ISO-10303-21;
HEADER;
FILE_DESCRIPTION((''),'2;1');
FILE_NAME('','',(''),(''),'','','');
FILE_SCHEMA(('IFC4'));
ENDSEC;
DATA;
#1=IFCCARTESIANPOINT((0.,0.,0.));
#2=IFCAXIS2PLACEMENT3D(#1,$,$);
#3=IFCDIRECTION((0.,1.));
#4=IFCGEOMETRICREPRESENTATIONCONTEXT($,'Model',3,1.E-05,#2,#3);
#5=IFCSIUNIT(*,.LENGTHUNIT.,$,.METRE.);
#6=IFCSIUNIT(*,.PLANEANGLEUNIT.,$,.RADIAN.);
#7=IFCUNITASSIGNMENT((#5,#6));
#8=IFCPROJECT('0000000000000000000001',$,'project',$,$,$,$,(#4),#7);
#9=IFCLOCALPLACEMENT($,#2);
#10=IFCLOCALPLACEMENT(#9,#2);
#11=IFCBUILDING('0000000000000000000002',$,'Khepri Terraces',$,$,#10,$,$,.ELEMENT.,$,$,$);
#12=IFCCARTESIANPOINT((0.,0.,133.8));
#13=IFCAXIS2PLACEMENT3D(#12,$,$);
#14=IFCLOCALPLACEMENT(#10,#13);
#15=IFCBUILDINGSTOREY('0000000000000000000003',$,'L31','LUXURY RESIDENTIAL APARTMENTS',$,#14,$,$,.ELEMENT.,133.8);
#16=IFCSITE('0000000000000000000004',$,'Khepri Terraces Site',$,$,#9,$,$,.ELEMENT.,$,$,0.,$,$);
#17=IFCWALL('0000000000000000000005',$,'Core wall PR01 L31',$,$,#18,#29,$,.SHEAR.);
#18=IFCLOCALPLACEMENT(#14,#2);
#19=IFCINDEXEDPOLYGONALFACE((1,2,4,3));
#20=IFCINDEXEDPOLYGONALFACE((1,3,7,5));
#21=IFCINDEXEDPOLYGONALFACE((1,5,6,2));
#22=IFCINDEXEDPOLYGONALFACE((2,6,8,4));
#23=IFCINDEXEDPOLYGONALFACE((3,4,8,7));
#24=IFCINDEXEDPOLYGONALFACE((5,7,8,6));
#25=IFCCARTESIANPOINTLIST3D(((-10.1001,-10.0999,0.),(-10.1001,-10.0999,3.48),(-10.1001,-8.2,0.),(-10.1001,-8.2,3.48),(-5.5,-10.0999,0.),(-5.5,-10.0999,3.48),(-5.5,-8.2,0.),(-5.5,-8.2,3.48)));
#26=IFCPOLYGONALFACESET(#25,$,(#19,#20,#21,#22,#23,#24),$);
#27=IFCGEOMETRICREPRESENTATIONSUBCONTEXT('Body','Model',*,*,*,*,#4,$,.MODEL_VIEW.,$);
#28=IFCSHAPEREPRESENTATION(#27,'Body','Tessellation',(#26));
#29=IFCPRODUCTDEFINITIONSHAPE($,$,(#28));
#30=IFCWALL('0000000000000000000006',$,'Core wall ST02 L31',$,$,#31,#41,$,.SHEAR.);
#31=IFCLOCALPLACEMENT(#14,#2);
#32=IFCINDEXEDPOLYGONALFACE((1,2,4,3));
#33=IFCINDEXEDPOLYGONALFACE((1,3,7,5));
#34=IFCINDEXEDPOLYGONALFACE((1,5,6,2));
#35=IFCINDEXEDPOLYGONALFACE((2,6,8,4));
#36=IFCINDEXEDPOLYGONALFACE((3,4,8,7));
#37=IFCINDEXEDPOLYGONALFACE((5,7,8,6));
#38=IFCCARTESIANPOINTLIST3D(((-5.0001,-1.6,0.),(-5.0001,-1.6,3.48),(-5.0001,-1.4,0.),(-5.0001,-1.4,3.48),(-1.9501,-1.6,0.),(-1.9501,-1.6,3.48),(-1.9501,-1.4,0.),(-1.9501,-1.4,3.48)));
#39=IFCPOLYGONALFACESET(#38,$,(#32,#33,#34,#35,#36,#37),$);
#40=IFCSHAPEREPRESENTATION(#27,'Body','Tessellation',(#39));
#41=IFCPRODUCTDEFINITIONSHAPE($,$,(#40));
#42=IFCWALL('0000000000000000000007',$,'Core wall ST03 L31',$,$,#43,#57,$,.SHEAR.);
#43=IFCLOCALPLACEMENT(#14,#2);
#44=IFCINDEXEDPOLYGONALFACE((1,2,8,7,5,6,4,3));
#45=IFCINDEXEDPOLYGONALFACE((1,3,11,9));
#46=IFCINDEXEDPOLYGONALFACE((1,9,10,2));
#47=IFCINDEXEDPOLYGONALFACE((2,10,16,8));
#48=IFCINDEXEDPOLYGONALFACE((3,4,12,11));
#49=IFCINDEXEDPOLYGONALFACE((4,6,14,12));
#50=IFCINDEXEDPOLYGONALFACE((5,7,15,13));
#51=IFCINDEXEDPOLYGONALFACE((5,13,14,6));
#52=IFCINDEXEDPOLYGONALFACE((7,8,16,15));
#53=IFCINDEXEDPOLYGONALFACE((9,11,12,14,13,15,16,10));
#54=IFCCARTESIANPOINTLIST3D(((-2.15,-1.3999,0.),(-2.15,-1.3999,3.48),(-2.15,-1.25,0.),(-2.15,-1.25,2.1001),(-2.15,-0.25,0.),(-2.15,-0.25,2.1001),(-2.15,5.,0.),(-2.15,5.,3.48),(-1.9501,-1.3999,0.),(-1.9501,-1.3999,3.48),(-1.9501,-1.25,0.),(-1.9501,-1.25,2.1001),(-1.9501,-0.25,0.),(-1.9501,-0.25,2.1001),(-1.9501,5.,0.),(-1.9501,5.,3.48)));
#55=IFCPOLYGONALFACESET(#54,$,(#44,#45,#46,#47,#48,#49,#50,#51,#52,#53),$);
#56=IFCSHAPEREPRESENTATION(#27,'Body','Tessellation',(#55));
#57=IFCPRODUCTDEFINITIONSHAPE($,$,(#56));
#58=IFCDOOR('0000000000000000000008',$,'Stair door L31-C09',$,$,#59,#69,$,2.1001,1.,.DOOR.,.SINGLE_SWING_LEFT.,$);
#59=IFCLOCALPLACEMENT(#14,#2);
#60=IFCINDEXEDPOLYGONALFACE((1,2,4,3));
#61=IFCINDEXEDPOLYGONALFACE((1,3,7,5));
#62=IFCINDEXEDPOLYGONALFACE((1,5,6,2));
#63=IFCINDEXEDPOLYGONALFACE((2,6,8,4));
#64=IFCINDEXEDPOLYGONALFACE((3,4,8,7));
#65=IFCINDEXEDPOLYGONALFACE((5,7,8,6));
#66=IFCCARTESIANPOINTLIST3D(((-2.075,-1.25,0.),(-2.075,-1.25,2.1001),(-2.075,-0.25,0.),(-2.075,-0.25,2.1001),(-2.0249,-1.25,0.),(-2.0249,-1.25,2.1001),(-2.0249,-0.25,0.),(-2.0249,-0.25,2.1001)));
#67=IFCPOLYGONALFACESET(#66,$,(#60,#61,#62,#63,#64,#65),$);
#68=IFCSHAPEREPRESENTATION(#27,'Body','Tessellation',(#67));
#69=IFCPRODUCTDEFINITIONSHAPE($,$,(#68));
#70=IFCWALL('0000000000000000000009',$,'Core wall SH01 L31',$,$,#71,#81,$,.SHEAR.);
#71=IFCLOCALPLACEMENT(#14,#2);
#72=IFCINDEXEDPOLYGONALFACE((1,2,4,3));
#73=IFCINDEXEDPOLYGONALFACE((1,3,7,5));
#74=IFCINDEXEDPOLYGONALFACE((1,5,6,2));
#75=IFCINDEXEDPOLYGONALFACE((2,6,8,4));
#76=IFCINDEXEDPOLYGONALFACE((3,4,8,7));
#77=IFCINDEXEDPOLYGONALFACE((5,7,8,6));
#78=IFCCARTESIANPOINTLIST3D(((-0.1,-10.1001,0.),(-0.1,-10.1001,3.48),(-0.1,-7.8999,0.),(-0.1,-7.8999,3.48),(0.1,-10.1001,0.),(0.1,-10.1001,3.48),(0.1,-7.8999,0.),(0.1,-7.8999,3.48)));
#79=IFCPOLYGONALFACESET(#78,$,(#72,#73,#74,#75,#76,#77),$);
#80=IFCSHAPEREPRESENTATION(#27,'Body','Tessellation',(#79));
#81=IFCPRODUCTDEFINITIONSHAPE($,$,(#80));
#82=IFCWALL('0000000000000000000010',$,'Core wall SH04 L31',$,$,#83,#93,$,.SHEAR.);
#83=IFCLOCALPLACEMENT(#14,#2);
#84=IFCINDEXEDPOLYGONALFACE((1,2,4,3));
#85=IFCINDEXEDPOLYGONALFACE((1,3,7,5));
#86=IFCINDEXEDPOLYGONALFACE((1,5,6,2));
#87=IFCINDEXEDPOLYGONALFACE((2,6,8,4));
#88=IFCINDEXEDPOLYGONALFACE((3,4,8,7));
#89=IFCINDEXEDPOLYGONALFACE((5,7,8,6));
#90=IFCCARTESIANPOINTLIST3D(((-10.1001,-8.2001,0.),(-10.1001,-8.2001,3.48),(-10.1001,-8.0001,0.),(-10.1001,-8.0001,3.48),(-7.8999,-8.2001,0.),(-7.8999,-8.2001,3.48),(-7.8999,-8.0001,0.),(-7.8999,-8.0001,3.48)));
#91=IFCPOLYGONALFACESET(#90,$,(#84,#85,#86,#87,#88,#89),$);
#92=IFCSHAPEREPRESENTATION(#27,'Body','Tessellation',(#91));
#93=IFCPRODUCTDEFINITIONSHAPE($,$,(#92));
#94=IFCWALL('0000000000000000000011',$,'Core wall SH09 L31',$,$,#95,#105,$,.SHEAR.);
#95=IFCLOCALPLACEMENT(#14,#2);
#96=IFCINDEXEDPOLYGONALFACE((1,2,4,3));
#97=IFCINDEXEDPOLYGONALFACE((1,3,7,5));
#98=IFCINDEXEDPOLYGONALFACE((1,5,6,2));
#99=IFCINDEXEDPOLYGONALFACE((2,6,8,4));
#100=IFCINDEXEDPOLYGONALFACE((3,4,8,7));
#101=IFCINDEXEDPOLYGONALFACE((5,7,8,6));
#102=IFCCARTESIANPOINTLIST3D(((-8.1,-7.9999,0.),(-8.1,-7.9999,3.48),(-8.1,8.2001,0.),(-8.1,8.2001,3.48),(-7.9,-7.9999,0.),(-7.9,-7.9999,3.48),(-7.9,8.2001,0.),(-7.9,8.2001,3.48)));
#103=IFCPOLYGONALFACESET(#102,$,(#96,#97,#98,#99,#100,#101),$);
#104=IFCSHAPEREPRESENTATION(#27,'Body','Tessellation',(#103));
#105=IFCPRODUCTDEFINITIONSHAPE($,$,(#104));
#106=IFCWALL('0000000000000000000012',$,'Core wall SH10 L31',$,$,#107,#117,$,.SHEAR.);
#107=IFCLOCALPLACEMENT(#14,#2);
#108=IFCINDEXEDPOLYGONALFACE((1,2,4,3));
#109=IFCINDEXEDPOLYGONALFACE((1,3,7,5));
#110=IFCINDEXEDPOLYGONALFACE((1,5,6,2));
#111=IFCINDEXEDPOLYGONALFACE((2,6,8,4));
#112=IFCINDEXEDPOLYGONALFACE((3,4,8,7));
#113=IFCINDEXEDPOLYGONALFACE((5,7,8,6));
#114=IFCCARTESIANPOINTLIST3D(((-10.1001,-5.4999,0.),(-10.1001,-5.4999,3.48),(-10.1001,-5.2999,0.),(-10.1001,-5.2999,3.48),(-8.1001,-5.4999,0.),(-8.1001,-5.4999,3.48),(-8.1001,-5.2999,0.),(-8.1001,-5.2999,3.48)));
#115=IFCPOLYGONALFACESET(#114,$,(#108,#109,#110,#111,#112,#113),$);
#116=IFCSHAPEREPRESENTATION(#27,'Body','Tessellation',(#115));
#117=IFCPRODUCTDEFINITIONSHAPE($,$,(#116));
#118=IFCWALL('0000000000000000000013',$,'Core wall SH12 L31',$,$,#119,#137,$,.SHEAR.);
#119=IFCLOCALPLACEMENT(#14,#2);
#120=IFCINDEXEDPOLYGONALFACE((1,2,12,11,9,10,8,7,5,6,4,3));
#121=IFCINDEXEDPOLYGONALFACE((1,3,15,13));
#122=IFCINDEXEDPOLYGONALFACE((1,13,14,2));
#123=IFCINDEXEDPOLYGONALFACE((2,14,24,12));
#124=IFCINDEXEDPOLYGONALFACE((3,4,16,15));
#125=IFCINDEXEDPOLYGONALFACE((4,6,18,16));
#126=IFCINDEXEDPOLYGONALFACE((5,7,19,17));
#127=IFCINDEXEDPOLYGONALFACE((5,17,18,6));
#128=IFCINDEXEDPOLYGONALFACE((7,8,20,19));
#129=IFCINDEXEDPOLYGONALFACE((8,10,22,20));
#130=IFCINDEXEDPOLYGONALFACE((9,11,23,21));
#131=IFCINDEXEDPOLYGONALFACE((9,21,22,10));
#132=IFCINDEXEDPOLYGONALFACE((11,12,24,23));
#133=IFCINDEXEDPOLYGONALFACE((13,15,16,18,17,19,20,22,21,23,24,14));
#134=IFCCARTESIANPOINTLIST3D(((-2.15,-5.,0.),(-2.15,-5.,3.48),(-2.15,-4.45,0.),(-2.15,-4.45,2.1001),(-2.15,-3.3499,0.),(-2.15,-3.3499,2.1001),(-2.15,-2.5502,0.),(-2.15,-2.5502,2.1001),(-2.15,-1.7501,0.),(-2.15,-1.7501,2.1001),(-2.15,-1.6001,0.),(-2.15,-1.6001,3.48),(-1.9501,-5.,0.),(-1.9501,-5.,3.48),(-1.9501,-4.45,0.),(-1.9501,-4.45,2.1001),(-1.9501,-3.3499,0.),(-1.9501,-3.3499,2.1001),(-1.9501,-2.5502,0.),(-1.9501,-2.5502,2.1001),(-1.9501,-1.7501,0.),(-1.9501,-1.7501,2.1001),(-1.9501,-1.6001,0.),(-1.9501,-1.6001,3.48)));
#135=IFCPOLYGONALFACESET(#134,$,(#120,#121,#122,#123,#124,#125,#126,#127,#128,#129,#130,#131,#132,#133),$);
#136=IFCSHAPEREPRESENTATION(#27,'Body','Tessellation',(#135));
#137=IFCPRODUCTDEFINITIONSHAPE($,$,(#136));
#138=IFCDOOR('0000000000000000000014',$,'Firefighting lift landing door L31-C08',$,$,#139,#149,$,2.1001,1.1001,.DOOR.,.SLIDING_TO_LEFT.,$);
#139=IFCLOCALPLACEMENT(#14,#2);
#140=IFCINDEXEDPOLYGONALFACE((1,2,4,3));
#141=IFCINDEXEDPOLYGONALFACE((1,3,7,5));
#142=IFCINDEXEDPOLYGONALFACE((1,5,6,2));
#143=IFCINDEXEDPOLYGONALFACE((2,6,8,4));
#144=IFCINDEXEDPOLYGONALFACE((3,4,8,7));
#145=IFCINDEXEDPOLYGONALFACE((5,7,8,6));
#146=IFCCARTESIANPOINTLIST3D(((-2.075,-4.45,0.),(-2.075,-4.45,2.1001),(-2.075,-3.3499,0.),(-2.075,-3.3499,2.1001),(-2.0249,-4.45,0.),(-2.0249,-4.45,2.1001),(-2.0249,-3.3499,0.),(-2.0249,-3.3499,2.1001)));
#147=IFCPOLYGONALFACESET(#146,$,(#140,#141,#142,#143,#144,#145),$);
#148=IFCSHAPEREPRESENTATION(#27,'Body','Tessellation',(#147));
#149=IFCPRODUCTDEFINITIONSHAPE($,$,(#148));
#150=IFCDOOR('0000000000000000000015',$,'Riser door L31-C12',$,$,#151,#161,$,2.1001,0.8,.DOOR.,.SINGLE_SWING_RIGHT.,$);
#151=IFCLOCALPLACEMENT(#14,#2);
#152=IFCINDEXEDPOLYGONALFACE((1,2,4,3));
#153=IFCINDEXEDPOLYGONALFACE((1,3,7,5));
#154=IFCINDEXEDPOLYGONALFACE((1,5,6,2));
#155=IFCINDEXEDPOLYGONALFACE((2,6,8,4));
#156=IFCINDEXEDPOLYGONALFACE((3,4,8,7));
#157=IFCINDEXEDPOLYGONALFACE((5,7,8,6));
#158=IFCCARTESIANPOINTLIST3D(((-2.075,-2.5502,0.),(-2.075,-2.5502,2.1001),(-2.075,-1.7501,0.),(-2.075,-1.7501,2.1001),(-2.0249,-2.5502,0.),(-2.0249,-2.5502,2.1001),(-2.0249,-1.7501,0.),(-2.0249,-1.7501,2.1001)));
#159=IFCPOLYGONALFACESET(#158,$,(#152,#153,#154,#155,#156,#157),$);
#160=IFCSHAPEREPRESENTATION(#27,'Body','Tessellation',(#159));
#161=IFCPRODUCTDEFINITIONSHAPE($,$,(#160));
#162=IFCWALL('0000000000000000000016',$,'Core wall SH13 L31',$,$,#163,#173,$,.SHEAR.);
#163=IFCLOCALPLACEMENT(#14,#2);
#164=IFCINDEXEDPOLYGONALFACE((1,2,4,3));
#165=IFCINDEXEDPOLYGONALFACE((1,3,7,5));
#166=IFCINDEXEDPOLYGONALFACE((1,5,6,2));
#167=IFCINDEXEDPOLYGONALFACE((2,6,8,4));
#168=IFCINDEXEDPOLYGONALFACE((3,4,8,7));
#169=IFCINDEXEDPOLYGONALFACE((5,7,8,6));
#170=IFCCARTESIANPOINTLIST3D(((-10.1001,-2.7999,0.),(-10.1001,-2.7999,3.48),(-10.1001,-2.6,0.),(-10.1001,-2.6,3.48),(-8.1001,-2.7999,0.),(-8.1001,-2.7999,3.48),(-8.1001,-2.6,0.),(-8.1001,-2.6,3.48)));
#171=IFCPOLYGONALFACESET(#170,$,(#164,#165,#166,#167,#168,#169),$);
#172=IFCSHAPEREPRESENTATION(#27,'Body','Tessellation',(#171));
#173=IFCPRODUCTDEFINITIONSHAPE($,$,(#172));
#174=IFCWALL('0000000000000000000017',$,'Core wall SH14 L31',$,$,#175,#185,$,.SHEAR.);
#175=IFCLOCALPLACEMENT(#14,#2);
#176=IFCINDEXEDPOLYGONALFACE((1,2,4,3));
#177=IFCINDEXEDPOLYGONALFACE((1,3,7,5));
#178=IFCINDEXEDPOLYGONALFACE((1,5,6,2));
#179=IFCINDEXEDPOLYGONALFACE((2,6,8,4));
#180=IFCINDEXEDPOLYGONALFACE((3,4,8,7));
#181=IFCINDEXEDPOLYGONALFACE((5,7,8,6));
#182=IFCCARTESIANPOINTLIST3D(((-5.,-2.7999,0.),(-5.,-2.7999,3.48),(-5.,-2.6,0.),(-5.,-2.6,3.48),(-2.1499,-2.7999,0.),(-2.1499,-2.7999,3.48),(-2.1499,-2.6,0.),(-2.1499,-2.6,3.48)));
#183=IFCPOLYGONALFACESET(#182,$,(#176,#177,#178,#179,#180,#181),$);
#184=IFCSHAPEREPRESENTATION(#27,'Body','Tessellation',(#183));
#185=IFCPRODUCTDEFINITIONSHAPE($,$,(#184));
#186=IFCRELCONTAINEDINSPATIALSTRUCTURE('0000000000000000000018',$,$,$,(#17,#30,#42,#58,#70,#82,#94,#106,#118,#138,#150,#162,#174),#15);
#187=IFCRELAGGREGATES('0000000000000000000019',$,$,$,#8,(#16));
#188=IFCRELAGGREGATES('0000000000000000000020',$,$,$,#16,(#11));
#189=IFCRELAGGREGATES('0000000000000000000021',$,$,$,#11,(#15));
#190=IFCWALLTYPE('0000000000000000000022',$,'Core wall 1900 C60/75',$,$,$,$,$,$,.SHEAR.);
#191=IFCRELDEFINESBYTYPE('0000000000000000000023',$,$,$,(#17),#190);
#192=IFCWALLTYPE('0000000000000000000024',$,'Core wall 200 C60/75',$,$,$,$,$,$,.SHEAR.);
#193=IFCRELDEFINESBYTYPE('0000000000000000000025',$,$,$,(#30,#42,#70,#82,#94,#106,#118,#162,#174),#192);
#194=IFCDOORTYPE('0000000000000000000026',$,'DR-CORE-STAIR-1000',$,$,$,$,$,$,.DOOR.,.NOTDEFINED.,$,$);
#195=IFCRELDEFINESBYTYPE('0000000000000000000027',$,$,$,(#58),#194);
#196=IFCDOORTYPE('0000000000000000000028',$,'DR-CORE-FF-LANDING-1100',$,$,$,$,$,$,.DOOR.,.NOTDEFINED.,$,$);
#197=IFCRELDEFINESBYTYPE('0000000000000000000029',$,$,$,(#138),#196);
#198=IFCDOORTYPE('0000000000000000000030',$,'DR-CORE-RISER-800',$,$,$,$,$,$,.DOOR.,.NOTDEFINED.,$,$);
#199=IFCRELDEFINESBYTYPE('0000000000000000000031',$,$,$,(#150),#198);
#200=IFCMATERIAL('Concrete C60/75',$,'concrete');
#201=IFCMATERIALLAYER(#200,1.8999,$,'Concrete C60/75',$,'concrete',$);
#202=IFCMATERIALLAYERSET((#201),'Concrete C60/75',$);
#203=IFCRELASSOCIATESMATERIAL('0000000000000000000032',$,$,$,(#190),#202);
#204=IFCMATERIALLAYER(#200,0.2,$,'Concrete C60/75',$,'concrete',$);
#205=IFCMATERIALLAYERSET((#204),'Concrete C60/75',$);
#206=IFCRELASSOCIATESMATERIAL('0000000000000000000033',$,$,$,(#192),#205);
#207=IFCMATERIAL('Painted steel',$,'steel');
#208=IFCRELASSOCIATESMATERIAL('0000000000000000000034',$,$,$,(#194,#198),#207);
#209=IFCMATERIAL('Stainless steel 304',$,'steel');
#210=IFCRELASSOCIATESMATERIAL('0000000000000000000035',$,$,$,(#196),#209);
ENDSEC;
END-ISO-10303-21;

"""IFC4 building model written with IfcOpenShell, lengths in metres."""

from ifc_helpers import new_model, si_unit, direction, frame, frame_2d, origin, place, context, subcontext, project, spatial, rectangle, extrude, material, layer, layer_set, type_object, element, fill, save


model = new_model("IFC4")

# Units and contexts
model_context = context("Model", 3, precision=1e-05, world=origin(), true_north=direction((0.0, 1.0)))
body_context = subcontext(model_context, "Body", "Model", "MODEL_VIEW")
ifc_project = project(units=[si_unit("LENGTHUNIT", "METRE"), si_unit("PLANEANGLEUNIT", "RADIAN")], contexts=[model_context])

# Site, building, storey
site_placement = place(None, origin())
site = spatial("IfcSite", under=ifc_project, at=site_placement, Name="Khepri Terraces Site", CompositionType="ELEMENT", RefElevation=0.0)
building_placement = place(site_placement, origin())
building = spatial("IfcBuilding", under=site, at=building_placement, Name="Khepri Terraces", CompositionType="ELEMENT")
storey_placement = place(building_placement, frame((0.0, 0.0, 133.8)))
storey = spatial("IfcBuildingStorey", under=building, at=storey_placement, Name="L31", Description="LUXURY RESIDENTIAL APARTMENTS", CompositionType="ELEMENT", Elevation=133.8)

# Walls
ifc_material_1 = material(Name="Concrete C60/75", Category="concrete")
ifc_layer_1 = layer(ifc_material_1, 1.8999, Name="Concrete C60/75", Category="concrete")
ifc_layer_set_1 = layer_set([ifc_layer_1], Name="Concrete C60/75")
wall_type_1 = type_object("IfcWallType", Name="Core wall 1900 C60/75", PredefinedType="SHEAR", material=ifc_layer_set_1)
wall_1_placement = place(storey_placement, frame((-10.1001, -9.1499, 0.0), z_axis=(0.0, 0.0, 1.0), x_axis=(1.0, 0.0, 0.0)))
element("IfcWall", 1, at=wall_1_placement, inside=storey, type_object=wall_type_1, Name="Core wall PR01 L31", PredefinedType="SHEAR", context=body_context, shape_type="SweptSolid", body=[
    extrude(rectangle(XDim=4.6001, YDim=1.8999, at=frame_2d((2.3, 0.0))), origin(), (0.0, 0.0, 1.0), 3.48),
])
ifc_layer_2 = layer(ifc_material_1, 0.2, Name="Concrete C60/75", Category="concrete")
ifc_layer_set_2 = layer_set([ifc_layer_2], Name="Concrete C60/75")
wall_type_2 = type_object("IfcWallType", Name="Core wall 200 C60/75", PredefinedType="SHEAR", material=ifc_layer_set_2)
wall_2_placement = place(storey_placement, frame((-5.0, -1.5, 0.0), z_axis=(0.0, 0.0, 1.0), x_axis=(1.0, 0.0, 0.0)))
element("IfcWall", 2, at=wall_2_placement, inside=storey, type_object=wall_type_2, Name="Core wall ST02 L31", PredefinedType="SHEAR", context=body_context, shape_type="SweptSolid", body=[
    extrude(rectangle(XDim=3.05, YDim=0.2, at=frame_2d((1.5249, 0.0))), origin(), (0.0, 0.0, 1.0), 3.48),
])

# Wall, opening, door
wall_3_placement = place(storey_placement, frame((-2.05, -1.3999, 0.0), z_axis=(0.0, 0.0, 1.0), x_axis=(0.0, 1.0, 0.0)))
wall_3 = element("IfcWall", 3, at=wall_3_placement, inside=storey, type_object=wall_type_2, Name="Core wall ST03 L31", PredefinedType="SHEAR", context=body_context, shape_type="SweptSolid", body=[
    extrude(rectangle(XDim=6.3999, YDim=0.2, at=frame_2d((3.2, 0.0))), origin(), (0.0, 0.0, 1.0), 3.48),
])
opening_1_placement = place(wall_3_placement, frame((0.1499, 0.0, 0.0)))
opening_1 = element("IfcOpeningElement", 4, at=opening_1_placement, cuts=wall_3, PredefinedType="OPENING", context=body_context, shape_type="SweptSolid", body=[
    extrude(rectangle(XDim=1.0, YDim=2.1001, at=frame_2d((0.5, 1.05))), frame((0.0, 0.1099, 0.0), z_axis=(0.0, -1.0, 0.0), x_axis=(1.0, 0.0, 0.0)), (0.0, 0.0, 1.0), 0.22),
])
ifc_material_2 = material(Name="Painted steel", Category="steel")
door_type_1 = type_object("IfcDoorType", Name="DR-CORE-STAIR-1000", OperationType="NOTDEFINED", PredefinedType="DOOR", material=ifc_material_2)
door_1_placement = place(opening_1_placement, origin())
door_1 = element("IfcDoor", 5, at=door_1_placement, inside=storey, type_object=door_type_1, Name="Stair door L31-C09", OperationType="SINGLE_SWING_LEFT", OverallHeight=2.1001, OverallWidth=1.0, PredefinedType="DOOR", context=body_context, shape_type="SweptSolid", body=[
    extrude(rectangle(XDim=1.0, YDim=2.1001, at=frame_2d((0.5, 1.05))), frame((0.0, 0.0249, 0.0), z_axis=(0.0, -1.0, 0.0), x_axis=(1.0, 0.0, 0.0)), (0.0, 0.0, 1.0), 0.05),
])
fill(opening_1, door_1)

# Walls
for number, where, z_axis, x_axis, name in (
    (6, (0.0, -10.1001, 0.0), (0.0, 0.0, 1.0), (0.0, 1.0, 0.0), "Core wall SH01 L31"),
    (7, (-10.1001, -8.1001, 0.0), (0.0, 0.0, 1.0), (1.0, 0.0, 0.0), "Core wall SH04 L31"),
):
    element("IfcWall", number, at=place(storey_placement, frame(where, z_axis=z_axis, x_axis=x_axis)), inside=storey, type_object=wall_type_2, Name=name, PredefinedType="SHEAR", context=body_context, shape_type="SweptSolid", body=[
        extrude(rectangle(XDim=2.2002, YDim=0.2, at=frame_2d((1.1001, 0.0))), origin(), (0.0, 0.0, 1.0), 3.48),
    ])
wall_4_placement = place(storey_placement, frame((-8.0, -8.0, 0.0), z_axis=(0.0, 0.0, 1.0), x_axis=(0.0, 1.0, 0.0)))
element("IfcWall", 8, at=wall_4_placement, inside=storey, type_object=wall_type_2, Name="Core wall SH09 L31", PredefinedType="SHEAR", context=body_context, shape_type="SweptSolid", body=[
    extrude(rectangle(XDim=16.2, YDim=0.2, at=frame_2d((8.1001, 0.0))), origin(), (0.0, 0.0, 1.0), 3.48),
])
wall_5_placement = place(storey_placement, frame((-10.1001, -5.3999, 0.0), z_axis=(0.0, 0.0, 1.0), x_axis=(1.0, 0.0, 0.0)))
element("IfcWall", 9, at=wall_5_placement, inside=storey, type_object=wall_type_2, Name="Core wall SH10 L31", PredefinedType="SHEAR", context=body_context, shape_type="SweptSolid", body=[
    extrude(rectangle(XDim=2.0, YDim=0.2, at=frame_2d((1.0, 0.0))), origin(), (0.0, 0.0, 1.0), 3.48),
])

# Wall, openings, doors
wall_6_placement = place(storey_placement, frame((-2.05, -5.0, 0.0), z_axis=(0.0, 0.0, 1.0), x_axis=(0.0, 1.0, 0.0)))
wall_6 = element("IfcWall", 10, at=wall_6_placement, inside=storey, type_object=wall_type_2, Name="Core wall SH12 L31", PredefinedType="SHEAR", context=body_context, shape_type="SweptSolid", body=[
    extrude(rectangle(XDim=3.3999, YDim=0.2, at=frame_2d((1.7, 0.0))), origin(), (0.0, 0.0, 1.0), 3.48),
])
opening_2_placement = place(wall_6_placement, frame((0.55, 0.0, 0.0)))
opening_2 = element("IfcOpeningElement", 11, at=opening_2_placement, cuts=wall_6, PredefinedType="OPENING", context=body_context, shape_type="SweptSolid", body=[
    extrude(rectangle(XDim=1.1001, YDim=2.1001, at=frame_2d((0.55, 1.05))), frame((0.0, 0.1099, 0.0), z_axis=(0.0, -1.0, 0.0), x_axis=(1.0, 0.0, 0.0)), (0.0, 0.0, 1.0), 0.22),
])
opening_3_placement = place(wall_6_placement, frame((2.45, 0.0, 0.0)))
opening_3 = element("IfcOpeningElement", 12, at=opening_3_placement, cuts=wall_6, PredefinedType="OPENING", context=body_context, shape_type="SweptSolid", body=[
    extrude(rectangle(XDim=0.8, YDim=2.1001, at=frame_2d((0.3999, 1.05))), frame((0.0, 0.1099, 0.0), z_axis=(0.0, -1.0, 0.0), x_axis=(1.0, 0.0, 0.0)), (0.0, 0.0, 1.0), 0.22),
])
ifc_material_3 = material(Name="Stainless steel 304", Category="steel")
door_type_2 = type_object("IfcDoorType", Name="DR-CORE-FF-LANDING-1100", OperationType="NOTDEFINED", PredefinedType="DOOR", material=ifc_material_3)
door_2_placement = place(opening_2_placement, origin())
door_2 = element("IfcDoor", 13, at=door_2_placement, inside=storey, type_object=door_type_2, Name="Firefighting lift landing door L31-C08", OperationType="SLIDING_TO_LEFT", OverallHeight=2.1001, OverallWidth=1.1001, PredefinedType="DOOR", context=body_context, shape_type="SweptSolid", body=[
    extrude(rectangle(XDim=1.1001, YDim=2.1001, at=frame_2d((0.55, 1.05))), frame((0.0, 0.0249, 0.0), z_axis=(0.0, -1.0, 0.0), x_axis=(1.0, 0.0, 0.0)), (0.0, 0.0, 1.0), 0.05),
])
fill(opening_2, door_2)
door_type_3 = type_object("IfcDoorType", Name="DR-CORE-RISER-800", OperationType="NOTDEFINED", PredefinedType="DOOR", material=ifc_material_2)
door_3_placement = place(opening_3_placement, origin())
door_3 = element("IfcDoor", 14, at=door_3_placement, inside=storey, type_object=door_type_3, Name="Riser door L31-C12", OperationType="SINGLE_SWING_RIGHT", OverallHeight=2.1001, OverallWidth=0.8, PredefinedType="DOOR", context=body_context, shape_type="SweptSolid", body=[
    extrude(rectangle(XDim=0.8, YDim=2.1001, at=frame_2d((0.3999, 1.05))), frame((0.0, 0.0249, 0.0), z_axis=(0.0, -1.0, 0.0), x_axis=(1.0, 0.0, 0.0)), (0.0, 0.0, 1.0), 0.05),
])
fill(opening_3, door_3)

# Walls
wall_7_placement = place(storey_placement, frame((-10.1001, -2.7, 0.0), z_axis=(0.0, 0.0, 1.0), x_axis=(1.0, 0.0, 0.0)))
element("IfcWall", 15, at=wall_7_placement, inside=storey, type_object=wall_type_2, Name="Core wall SH13 L31", PredefinedType="SHEAR", context=body_context, shape_type="SweptSolid", body=[
    extrude(rectangle(XDim=2.0, YDim=0.2, at=frame_2d((1.0, 0.0))), origin(), (0.0, 0.0, 1.0), 3.48),
])
wall_8_placement = place(storey_placement, frame((-5.0, -2.7, 0.0), z_axis=(0.0, 0.0, 1.0), x_axis=(1.0, 0.0, 0.0)))
element("IfcWall", 16, at=wall_8_placement, inside=storey, type_object=wall_type_2, Name="Core wall SH14 L31", PredefinedType="SHEAR", context=body_context, shape_type="SweptSolid", body=[
    extrude(rectangle(XDim=2.8501, YDim=0.2, at=frame_2d((1.425, 0.0))), origin(), (0.0, 0.0, 1.0), 3.48),
])

save(model, "model.ifc")
